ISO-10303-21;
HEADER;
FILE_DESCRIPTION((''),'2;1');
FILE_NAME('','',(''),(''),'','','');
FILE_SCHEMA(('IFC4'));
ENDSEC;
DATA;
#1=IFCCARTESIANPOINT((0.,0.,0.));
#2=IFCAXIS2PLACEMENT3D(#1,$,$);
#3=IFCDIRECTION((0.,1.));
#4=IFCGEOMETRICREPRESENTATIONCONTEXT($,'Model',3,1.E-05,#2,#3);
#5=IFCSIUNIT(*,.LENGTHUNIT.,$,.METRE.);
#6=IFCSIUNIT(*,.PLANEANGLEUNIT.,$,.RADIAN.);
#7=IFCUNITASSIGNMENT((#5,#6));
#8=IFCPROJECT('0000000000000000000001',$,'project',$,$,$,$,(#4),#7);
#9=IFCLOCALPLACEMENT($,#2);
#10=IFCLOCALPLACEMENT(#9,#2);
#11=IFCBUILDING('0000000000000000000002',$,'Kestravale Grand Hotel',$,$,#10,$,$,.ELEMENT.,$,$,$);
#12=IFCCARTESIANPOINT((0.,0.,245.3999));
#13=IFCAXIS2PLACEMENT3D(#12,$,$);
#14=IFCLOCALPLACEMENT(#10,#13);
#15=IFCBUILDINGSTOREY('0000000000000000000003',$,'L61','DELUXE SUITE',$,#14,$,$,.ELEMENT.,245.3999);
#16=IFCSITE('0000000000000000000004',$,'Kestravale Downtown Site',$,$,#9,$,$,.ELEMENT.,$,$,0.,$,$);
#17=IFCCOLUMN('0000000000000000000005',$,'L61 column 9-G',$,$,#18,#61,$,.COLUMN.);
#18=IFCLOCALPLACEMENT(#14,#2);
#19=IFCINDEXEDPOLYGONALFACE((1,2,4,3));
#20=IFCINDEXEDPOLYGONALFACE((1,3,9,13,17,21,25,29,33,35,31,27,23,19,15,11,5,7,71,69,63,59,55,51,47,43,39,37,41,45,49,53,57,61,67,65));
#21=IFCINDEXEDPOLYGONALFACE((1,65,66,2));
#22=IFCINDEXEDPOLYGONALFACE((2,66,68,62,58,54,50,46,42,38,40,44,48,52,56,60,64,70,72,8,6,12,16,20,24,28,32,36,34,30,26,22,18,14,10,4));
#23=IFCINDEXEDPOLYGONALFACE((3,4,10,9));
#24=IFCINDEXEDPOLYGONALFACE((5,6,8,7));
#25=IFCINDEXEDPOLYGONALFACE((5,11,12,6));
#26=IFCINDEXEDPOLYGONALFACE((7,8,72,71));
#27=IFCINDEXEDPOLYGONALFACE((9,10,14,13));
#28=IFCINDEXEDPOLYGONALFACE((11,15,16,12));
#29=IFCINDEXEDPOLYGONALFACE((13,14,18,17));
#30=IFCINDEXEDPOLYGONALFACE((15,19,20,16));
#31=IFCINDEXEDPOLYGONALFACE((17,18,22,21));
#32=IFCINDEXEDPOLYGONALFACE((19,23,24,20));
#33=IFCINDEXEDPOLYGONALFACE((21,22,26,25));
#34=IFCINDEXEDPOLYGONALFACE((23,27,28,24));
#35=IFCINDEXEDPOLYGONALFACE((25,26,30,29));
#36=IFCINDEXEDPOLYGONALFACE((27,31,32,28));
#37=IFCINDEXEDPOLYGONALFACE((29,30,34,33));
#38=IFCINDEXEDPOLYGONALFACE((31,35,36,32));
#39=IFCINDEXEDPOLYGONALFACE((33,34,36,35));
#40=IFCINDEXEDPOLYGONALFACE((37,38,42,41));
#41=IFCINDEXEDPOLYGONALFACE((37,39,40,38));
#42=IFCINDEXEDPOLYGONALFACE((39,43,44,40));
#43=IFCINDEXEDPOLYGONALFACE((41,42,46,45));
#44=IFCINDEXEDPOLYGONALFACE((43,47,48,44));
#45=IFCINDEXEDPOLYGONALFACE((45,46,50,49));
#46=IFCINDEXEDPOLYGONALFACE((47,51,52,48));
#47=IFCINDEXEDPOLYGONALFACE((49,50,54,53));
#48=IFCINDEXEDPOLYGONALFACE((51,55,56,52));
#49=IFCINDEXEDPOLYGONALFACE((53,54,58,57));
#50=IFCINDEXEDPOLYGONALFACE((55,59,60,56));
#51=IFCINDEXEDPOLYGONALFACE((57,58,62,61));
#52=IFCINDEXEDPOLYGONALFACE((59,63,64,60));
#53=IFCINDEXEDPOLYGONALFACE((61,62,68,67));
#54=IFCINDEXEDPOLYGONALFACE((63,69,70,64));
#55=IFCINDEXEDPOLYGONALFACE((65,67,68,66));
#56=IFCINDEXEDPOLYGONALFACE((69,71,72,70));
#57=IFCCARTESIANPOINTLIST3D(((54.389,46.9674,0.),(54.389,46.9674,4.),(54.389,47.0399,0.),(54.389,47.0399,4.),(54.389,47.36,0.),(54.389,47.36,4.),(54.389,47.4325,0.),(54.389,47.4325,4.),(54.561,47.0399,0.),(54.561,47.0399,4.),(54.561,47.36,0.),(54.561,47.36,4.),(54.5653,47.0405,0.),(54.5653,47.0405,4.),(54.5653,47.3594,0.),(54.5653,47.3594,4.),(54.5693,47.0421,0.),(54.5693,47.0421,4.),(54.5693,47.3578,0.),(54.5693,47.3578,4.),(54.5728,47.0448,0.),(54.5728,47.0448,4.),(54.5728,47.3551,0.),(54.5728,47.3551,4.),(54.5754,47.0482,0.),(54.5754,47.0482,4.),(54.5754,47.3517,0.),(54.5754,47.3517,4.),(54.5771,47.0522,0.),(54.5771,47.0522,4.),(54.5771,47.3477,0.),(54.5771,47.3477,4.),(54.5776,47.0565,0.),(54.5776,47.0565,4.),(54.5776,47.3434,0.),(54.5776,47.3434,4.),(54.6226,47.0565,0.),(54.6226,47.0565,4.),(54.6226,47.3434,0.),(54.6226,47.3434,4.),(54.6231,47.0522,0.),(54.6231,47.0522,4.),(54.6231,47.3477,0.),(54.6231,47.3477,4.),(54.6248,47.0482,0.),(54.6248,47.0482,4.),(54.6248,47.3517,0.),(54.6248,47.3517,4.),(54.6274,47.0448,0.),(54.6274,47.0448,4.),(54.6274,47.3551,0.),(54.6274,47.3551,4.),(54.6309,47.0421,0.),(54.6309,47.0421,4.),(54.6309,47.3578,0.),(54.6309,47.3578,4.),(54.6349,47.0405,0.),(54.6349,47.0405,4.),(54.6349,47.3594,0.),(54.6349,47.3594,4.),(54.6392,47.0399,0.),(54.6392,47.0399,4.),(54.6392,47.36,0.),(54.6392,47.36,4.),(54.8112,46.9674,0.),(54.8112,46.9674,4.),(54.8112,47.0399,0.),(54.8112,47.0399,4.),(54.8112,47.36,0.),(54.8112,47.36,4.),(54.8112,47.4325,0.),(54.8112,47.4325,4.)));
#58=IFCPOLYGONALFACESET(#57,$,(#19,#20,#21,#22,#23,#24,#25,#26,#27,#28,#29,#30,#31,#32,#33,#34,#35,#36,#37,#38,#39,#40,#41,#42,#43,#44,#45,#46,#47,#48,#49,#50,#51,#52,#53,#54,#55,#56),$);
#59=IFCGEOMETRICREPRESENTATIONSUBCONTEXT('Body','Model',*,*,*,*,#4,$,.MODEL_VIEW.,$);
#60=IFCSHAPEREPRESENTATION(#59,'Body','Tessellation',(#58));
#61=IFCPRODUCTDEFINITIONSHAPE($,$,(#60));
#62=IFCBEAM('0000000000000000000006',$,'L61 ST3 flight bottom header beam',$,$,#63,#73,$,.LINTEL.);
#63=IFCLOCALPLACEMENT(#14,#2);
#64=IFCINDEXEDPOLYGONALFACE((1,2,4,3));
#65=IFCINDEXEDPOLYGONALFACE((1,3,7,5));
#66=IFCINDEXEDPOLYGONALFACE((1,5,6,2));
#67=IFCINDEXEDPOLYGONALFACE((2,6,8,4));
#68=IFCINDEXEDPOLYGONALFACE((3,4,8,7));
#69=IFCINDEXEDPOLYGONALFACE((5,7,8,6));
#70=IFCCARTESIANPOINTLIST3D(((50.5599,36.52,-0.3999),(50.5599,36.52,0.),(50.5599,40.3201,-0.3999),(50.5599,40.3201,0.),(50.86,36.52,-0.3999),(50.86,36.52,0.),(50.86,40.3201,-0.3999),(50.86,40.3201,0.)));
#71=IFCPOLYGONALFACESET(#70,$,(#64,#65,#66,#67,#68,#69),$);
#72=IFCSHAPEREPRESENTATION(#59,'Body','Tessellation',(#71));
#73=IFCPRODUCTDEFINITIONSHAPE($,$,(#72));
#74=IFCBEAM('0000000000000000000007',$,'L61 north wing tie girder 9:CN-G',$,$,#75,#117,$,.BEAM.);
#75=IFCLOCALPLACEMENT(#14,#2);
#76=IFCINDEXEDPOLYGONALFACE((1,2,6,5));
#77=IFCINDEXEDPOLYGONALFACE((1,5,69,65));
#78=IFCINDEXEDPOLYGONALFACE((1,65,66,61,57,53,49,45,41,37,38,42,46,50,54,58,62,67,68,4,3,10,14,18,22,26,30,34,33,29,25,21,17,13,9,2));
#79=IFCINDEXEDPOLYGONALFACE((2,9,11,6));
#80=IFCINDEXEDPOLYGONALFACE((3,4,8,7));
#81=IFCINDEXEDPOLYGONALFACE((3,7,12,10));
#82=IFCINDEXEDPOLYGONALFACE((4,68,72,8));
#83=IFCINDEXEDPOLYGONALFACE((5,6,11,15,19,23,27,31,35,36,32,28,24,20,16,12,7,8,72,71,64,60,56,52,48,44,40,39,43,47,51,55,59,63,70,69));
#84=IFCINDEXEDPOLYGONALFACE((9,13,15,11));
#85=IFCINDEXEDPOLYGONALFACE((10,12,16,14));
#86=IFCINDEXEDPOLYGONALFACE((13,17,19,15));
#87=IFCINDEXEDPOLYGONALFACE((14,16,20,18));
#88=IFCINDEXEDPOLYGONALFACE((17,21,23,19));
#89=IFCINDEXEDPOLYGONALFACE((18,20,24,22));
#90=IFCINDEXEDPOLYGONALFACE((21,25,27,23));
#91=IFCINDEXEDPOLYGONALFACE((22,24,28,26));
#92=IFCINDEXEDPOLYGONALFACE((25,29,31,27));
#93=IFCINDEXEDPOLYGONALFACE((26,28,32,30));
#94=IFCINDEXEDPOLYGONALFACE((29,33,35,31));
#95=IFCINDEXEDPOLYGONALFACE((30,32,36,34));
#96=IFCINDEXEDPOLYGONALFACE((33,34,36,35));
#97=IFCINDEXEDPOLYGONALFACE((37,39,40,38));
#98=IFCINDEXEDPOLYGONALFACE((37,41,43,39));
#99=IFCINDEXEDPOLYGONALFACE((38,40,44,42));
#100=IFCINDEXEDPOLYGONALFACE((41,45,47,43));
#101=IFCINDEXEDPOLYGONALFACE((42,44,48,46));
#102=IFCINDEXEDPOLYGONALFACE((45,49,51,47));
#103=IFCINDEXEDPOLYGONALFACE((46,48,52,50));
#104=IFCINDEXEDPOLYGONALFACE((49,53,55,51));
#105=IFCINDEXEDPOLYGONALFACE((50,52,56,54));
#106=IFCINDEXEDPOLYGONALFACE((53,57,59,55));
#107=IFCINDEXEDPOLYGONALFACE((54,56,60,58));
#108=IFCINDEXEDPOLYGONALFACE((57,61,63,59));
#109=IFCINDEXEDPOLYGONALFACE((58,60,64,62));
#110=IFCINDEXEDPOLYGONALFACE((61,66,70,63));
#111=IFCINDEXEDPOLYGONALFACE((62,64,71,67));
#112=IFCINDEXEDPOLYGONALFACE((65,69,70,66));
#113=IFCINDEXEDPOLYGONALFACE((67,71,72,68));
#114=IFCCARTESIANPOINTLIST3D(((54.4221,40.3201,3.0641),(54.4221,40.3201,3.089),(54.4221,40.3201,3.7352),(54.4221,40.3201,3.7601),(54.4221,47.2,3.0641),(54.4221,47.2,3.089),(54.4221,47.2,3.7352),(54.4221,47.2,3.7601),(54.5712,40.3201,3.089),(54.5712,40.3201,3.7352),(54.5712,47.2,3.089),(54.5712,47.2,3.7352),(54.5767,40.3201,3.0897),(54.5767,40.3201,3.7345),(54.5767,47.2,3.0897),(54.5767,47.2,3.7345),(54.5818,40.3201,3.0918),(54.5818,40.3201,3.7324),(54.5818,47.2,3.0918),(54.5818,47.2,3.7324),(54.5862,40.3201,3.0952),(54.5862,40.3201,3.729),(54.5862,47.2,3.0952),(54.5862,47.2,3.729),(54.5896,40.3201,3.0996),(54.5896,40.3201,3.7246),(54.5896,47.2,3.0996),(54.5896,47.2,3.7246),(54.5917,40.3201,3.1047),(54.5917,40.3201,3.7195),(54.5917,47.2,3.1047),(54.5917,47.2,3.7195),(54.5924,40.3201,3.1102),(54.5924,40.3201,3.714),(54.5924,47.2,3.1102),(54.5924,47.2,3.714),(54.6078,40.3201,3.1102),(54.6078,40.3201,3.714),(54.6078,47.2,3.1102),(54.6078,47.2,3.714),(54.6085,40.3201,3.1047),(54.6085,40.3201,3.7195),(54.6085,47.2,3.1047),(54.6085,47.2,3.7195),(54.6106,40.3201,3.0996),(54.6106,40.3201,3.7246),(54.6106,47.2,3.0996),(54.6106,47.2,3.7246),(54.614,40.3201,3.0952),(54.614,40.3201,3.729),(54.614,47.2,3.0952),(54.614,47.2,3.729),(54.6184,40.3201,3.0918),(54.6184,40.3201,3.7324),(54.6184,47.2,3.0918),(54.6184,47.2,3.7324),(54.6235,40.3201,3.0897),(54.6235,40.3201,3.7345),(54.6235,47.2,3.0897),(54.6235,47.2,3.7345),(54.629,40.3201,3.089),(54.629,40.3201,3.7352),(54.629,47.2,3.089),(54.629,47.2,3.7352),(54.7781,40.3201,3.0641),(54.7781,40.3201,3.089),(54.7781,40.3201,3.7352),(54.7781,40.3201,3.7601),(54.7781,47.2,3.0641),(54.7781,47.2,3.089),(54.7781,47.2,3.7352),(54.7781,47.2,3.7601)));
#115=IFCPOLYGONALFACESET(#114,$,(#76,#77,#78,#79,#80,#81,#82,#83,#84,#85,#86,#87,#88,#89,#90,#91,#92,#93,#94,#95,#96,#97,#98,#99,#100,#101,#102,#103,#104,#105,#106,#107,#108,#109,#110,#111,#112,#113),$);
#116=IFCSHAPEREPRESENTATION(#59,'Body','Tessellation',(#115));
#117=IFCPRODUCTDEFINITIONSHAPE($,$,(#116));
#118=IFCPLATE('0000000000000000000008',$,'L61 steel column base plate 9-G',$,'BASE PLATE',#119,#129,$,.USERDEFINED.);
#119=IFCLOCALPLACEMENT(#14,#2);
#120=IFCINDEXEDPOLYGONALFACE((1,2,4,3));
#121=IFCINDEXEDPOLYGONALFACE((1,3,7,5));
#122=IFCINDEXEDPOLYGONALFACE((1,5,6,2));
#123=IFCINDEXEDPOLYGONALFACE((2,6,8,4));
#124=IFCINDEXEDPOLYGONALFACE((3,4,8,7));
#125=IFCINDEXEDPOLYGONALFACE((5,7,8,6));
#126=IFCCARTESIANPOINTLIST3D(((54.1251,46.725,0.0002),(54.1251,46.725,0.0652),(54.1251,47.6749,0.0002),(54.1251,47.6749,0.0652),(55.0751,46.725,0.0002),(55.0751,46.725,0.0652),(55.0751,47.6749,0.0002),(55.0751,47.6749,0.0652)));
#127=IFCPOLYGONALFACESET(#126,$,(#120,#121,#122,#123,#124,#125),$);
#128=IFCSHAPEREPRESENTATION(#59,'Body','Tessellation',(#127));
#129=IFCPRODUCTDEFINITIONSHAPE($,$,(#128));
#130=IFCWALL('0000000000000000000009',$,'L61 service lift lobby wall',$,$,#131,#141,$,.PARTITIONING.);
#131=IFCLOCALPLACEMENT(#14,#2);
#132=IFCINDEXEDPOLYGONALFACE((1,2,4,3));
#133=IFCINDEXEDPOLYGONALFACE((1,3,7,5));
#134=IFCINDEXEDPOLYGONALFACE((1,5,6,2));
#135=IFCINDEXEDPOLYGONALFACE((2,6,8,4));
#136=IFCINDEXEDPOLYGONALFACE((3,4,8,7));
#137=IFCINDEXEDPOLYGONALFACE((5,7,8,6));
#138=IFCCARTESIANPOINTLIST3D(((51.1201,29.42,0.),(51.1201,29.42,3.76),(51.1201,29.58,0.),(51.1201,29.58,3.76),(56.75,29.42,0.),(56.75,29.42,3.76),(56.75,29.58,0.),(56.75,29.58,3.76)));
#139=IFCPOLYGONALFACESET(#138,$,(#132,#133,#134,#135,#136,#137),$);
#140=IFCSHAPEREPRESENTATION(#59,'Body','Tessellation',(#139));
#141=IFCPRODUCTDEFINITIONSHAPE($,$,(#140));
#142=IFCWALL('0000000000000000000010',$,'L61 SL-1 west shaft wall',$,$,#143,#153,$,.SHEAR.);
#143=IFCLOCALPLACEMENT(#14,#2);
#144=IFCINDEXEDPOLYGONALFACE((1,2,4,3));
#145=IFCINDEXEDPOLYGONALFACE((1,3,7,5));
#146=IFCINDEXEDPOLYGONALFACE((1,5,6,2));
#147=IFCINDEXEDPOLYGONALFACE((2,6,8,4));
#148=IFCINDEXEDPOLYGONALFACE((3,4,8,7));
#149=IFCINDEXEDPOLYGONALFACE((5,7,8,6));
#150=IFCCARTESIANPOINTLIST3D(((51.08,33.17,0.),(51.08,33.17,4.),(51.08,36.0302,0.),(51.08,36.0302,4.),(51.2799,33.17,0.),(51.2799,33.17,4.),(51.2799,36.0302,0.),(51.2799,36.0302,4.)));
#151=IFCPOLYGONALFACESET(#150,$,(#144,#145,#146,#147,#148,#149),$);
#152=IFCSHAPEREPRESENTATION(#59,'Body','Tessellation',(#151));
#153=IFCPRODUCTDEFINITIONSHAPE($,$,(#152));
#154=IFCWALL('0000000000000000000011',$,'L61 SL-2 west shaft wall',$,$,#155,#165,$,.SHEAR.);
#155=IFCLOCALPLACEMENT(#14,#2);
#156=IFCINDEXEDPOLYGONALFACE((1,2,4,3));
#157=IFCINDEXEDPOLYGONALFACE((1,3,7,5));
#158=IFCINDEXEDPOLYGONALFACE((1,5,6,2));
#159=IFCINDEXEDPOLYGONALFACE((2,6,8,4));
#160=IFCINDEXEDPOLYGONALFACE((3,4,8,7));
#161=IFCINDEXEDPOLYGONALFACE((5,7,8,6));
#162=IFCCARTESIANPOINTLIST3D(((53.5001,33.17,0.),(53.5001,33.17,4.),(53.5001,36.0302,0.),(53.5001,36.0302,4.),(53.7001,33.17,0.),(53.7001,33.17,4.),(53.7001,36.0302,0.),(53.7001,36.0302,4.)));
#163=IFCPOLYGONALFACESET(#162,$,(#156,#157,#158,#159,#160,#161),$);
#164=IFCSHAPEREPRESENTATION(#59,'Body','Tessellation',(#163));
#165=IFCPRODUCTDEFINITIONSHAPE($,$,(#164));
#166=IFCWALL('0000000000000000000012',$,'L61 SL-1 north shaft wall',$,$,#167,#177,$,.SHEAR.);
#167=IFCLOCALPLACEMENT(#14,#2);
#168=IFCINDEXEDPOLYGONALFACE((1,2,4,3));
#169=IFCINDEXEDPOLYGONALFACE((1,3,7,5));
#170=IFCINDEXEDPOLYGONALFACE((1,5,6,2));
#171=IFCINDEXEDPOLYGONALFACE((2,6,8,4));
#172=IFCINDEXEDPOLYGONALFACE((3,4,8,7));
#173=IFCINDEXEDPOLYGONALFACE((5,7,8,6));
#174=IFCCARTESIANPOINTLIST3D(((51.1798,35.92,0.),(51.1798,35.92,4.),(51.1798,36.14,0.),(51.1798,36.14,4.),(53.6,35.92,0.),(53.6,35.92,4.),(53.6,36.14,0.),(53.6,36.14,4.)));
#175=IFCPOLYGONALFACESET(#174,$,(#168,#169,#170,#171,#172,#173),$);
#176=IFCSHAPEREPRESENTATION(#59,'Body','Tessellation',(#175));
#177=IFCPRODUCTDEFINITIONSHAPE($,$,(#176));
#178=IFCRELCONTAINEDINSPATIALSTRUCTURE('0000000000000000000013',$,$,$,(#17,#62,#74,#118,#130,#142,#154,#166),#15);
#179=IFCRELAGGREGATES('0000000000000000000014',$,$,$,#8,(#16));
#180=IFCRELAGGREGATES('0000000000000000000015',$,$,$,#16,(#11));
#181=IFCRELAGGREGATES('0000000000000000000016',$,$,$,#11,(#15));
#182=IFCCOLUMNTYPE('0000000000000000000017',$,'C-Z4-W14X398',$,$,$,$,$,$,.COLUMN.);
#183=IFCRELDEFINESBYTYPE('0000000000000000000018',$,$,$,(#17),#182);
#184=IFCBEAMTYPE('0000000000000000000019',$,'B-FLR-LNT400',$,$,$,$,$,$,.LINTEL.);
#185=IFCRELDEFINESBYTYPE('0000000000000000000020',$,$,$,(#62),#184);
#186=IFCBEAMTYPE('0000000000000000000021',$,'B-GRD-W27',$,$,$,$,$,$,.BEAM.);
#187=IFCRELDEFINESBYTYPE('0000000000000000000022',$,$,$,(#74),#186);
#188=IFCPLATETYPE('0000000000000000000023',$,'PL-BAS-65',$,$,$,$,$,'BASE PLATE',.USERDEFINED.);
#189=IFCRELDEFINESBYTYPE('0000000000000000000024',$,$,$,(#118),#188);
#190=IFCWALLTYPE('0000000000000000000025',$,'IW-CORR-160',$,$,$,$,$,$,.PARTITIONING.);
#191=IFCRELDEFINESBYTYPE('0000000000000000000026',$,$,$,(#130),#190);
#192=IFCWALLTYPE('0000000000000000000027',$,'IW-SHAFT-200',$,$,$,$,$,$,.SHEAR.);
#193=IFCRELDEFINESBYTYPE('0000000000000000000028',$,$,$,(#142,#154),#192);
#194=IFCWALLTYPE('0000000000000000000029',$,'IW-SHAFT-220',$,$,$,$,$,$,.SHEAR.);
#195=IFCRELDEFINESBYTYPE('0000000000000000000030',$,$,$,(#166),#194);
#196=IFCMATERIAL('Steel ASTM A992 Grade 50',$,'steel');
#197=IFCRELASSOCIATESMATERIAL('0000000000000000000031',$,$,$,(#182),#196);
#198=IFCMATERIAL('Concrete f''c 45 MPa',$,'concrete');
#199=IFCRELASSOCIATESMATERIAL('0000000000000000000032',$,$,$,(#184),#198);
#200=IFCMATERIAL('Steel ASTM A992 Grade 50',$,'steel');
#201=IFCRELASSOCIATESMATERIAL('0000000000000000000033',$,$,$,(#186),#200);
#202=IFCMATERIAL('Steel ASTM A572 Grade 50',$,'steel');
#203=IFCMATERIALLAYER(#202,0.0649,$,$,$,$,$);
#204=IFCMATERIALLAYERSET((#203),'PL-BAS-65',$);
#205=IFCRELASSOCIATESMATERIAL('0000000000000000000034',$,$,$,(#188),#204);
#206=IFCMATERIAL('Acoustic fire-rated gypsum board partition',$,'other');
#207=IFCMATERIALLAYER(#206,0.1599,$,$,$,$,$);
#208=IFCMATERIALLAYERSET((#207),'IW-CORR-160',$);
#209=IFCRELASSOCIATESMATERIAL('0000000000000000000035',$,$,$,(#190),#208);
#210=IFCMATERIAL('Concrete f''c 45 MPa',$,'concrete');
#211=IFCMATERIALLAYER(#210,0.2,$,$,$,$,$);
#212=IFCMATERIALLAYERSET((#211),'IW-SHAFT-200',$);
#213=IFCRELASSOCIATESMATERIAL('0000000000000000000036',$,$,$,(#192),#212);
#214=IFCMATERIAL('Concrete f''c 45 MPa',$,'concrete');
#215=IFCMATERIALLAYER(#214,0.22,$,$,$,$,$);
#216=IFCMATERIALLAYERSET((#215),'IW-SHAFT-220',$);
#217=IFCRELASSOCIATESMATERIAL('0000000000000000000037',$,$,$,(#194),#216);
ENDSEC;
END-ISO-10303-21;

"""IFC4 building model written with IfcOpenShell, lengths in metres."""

from ifc_helpers import new_model, si_unit, direction, frame, frame_2d, origin, origin_2d, place, context, subcontext, project, spatial, rectangle, i_section, extrude, material, layer, layer_set, material_profile, profile_set, type_object, element, save


model = new_model("IFC4")

# Units and contexts
model_context = context("Model", 3, precision=1e-05, world=origin(), true_north=direction((0.0, 1.0)))
body_context = subcontext(model_context, "Body", "Model", "MODEL_VIEW")
ifc_project = project(units=[si_unit("LENGTHUNIT", "METRE"), si_unit("PLANEANGLEUNIT", "RADIAN")], contexts=[model_context])

# Site, building, storey
site_placement = place(None, origin())
site = spatial("IfcSite", under=ifc_project, at=site_placement, Name="Kestravale Downtown Site", CompositionType="ELEMENT", RefElevation=0.0)
building_placement = place(site_placement, origin())
building = spatial("IfcBuilding", under=site, at=building_placement, Name="Kestravale Grand Hotel", CompositionType="ELEMENT")
storey_placement = place(building_placement, frame((0.0, 0.0, 245.3999)))
storey = spatial("IfcBuildingStorey", under=building, at=storey_placement, Name="L61", Description="DELUXE SUITE", CompositionType="ELEMENT", Elevation=245.3999)

# Column
ifc_material_1 = material(Name="Steel ASTM A992 Grade 50", Category="steel")
ifc_material_profile_1 = material_profile(ifc_material_1, i_section(OverallWidth=0.4221, OverallDepth=0.4651, WebThickness=0.0449, FlangeThickness=0.0725, FilletRadius=0.0166, at=origin_2d()))
ifc_profile_set_1 = profile_set([ifc_material_profile_1], Name="Steel ASTM A992 Grade 50")
column_type = type_object("IfcColumnType", Name="C-Z4-W14X398", PredefinedType="COLUMN", material=ifc_profile_set_1)
column_placement = place(storey_placement, frame((54.6001, 47.2, 0.0), z_axis=(0.0, 0.0, 1.0), x_axis=(1.0, 0.0, 0.0)))
element("IfcColumn", 1, at=column_placement, inside=storey, type_object=column_type, Name="L61 column 9-G", PredefinedType="COLUMN", context=body_context, shape_type="SweptSolid", body=[
    extrude(i_section(OverallWidth=0.4221, OverallDepth=0.4651, WebThickness=0.0449, FlangeThickness=0.0725, FilletRadius=0.0166, at=origin_2d()), origin(), (0.0, 0.0, 1.0), 4.0),
])

# Beams
ifc_material_2 = material(Name="Concrete f'c 45 MPa", Category="concrete")
ifc_material_profile_2 = material_profile(ifc_material_2, rectangle(XDim=0.3, YDim=0.3999, at=origin_2d()))
ifc_profile_set_2 = profile_set([ifc_material_profile_2], Name="Concrete f'c 45 MPa")
beam_type_1 = type_object("IfcBeamType", Name="B-FLR-LNT400", PredefinedType="LINTEL", material=ifc_profile_set_2)
beam_1_placement = place(storey_placement, frame((50.71, 36.52, -0.2), z_axis=(0.0, 1.0, 0.0), x_axis=(-1.0, 0.0, 0.0)))
element("IfcBeam", 2, at=beam_1_placement, inside=storey, type_object=beam_type_1, Name="L61 ST3 flight bottom header beam", PredefinedType="LINTEL", context=body_context, shape_type="SweptSolid", body=[
    extrude(rectangle(XDim=0.3, YDim=0.3999, at=origin_2d()), origin(), (0.0, 0.0, 1.0), 3.8),
])
ifc_material_3 = material(Name="Steel ASTM A992 Grade 50", Category="steel")
ifc_material_profile_3 = material_profile(ifc_material_3, i_section(OverallWidth=0.356, OverallDepth=0.696, WebThickness=0.0154, FlangeThickness=0.0249, FilletRadius=0.0212, at=origin_2d()))
ifc_profile_set_3 = profile_set([ifc_material_profile_3], Name="Steel ASTM A992 Grade 50")
beam_type_2 = type_object("IfcBeamType", Name="B-GRD-W27", PredefinedType="BEAM", material=ifc_profile_set_3)
beam_2_placement = place(storey_placement, frame((54.6001, 40.3201, 3.4121), z_axis=(0.0, 1.0, 0.0), x_axis=(-1.0, 0.0, 0.0)))
element("IfcBeam", 3, at=beam_2_placement, inside=storey, type_object=beam_type_2, Name="L61 north wing tie girder 9:CN-G", PredefinedType="BEAM", context=body_context, shape_type="SweptSolid", body=[
    extrude(i_section(OverallWidth=0.356, OverallDepth=0.696, WebThickness=0.0154, FlangeThickness=0.0249, FilletRadius=0.0212, at=origin_2d()), origin(), (0.0, 0.0, 1.0), 6.8799),
])

# Plate
ifc_material_4 = material(Name="Steel ASTM A572 Grade 50", Category="steel")
ifc_layer_1 = layer(ifc_material_4, 0.0649)
ifc_layer_set_1 = layer_set([ifc_layer_1], Name="PL-BAS-65")
plate_type = type_object("IfcPlateType", Name="PL-BAS-65", ElementType="BASE PLATE", PredefinedType="USERDEFINED", material=ifc_layer_set_1)
plate_placement = place(storey_placement, frame((54.6001, 47.2, 0.0002), z_axis=(0.0, 0.0, 1.0), x_axis=(1.0, 0.0, 0.0)))
element("IfcPlate", 4, at=plate_placement, inside=storey, type_object=plate_type, Name="L61 steel column base plate 9-G", ObjectType="BASE PLATE", PredefinedType="USERDEFINED", context=body_context, shape_type="SweptSolid", body=[
    extrude(rectangle(XDim=0.95, YDim=0.95, at=origin_2d()), origin(), (0.0, 0.0, 1.0), 0.0649),
])

# Shared definitions
ifc_material_5 = material(Name="Acoustic fire-rated gypsum board partition", Category="other")
ifc_layer_2 = layer(ifc_material_5, 0.1599)
ifc_layer_set_2 = layer_set([ifc_layer_2], Name="IW-CORR-160")
wall_type_1 = type_object("IfcWallType", Name="IW-CORR-160", PredefinedType="PARTITIONING", material=ifc_layer_set_2)

# Walls
wall_1_placement = place(storey_placement, frame((51.1201, 29.5, 0.0), z_axis=(0.0, 0.0, 1.0), x_axis=(1.0, 0.0, 0.0)))
element("IfcWall", 5, at=wall_1_placement, inside=storey, type_object=wall_type_1, Name="L61 service lift lobby wall", PredefinedType="PARTITIONING", context=body_context, shape_type="SweptSolid", body=[
    extrude(rectangle(XDim=5.6299, YDim=0.1599, at=frame_2d((2.8149, 0.0))), origin(), (0.0, 0.0, 1.0), 3.76),
])
ifc_material_6 = material(Name="Concrete f'c 45 MPa", Category="concrete")
ifc_layer_3 = layer(ifc_material_6, 0.2)
ifc_layer_set_3 = layer_set([ifc_layer_3], Name="IW-SHAFT-200")
wall_type_2 = type_object("IfcWallType", Name="IW-SHAFT-200", PredefinedType="SHEAR", material=ifc_layer_set_3)
for number, where, z_axis, x_axis, name in (
    (6, (51.1799, 33.1699, 0.0), (0.0, 0.0, 1.0), (0.0, 1.0, 0.0), "L61 SL-1 west shaft wall"),
    (7, (53.6001, 33.1699, 0.0), (0.0, 0.0, 1.0), (0.0, 1.0, 0.0), "L61 SL-2 west shaft wall"),
):
    element("IfcWall", number, at=place(storey_placement, frame(where, z_axis=z_axis, x_axis=x_axis)), inside=storey, type_object=wall_type_2, Name=name, PredefinedType="SHEAR", context=body_context, shape_type="SweptSolid", body=[
        extrude(rectangle(XDim=2.8601, YDim=0.2, at=frame_2d((1.4302, 0.0))), origin(), (0.0, 0.0, 1.0), 4.0),
    ])
ifc_material_7 = material(Name="Concrete f'c 45 MPa", Category="concrete")
ifc_layer_4 = layer(ifc_material_7, 0.22)
ifc_layer_set_4 = layer_set([ifc_layer_4], Name="IW-SHAFT-220")
wall_type_3 = type_object("IfcWallType", Name="IW-SHAFT-220", PredefinedType="SHEAR", material=ifc_layer_set_4)
wall_2_placement = place(storey_placement, frame((51.1799, 36.03, 0.0), z_axis=(0.0, 0.0, 1.0), x_axis=(1.0, 0.0, 0.0)))
element("IfcWall", 8, at=wall_2_placement, inside=storey, type_object=wall_type_3, Name="L61 SL-1 north shaft wall", PredefinedType="SHEAR", context=body_context, shape_type="SweptSolid", body=[
    extrude(rectangle(XDim=2.4202, YDim=0.22, at=frame_2d((1.21, 0.0))), origin(), (0.0, 0.0, 1.0), 4.0),
])

save(model, "model.ifc")
